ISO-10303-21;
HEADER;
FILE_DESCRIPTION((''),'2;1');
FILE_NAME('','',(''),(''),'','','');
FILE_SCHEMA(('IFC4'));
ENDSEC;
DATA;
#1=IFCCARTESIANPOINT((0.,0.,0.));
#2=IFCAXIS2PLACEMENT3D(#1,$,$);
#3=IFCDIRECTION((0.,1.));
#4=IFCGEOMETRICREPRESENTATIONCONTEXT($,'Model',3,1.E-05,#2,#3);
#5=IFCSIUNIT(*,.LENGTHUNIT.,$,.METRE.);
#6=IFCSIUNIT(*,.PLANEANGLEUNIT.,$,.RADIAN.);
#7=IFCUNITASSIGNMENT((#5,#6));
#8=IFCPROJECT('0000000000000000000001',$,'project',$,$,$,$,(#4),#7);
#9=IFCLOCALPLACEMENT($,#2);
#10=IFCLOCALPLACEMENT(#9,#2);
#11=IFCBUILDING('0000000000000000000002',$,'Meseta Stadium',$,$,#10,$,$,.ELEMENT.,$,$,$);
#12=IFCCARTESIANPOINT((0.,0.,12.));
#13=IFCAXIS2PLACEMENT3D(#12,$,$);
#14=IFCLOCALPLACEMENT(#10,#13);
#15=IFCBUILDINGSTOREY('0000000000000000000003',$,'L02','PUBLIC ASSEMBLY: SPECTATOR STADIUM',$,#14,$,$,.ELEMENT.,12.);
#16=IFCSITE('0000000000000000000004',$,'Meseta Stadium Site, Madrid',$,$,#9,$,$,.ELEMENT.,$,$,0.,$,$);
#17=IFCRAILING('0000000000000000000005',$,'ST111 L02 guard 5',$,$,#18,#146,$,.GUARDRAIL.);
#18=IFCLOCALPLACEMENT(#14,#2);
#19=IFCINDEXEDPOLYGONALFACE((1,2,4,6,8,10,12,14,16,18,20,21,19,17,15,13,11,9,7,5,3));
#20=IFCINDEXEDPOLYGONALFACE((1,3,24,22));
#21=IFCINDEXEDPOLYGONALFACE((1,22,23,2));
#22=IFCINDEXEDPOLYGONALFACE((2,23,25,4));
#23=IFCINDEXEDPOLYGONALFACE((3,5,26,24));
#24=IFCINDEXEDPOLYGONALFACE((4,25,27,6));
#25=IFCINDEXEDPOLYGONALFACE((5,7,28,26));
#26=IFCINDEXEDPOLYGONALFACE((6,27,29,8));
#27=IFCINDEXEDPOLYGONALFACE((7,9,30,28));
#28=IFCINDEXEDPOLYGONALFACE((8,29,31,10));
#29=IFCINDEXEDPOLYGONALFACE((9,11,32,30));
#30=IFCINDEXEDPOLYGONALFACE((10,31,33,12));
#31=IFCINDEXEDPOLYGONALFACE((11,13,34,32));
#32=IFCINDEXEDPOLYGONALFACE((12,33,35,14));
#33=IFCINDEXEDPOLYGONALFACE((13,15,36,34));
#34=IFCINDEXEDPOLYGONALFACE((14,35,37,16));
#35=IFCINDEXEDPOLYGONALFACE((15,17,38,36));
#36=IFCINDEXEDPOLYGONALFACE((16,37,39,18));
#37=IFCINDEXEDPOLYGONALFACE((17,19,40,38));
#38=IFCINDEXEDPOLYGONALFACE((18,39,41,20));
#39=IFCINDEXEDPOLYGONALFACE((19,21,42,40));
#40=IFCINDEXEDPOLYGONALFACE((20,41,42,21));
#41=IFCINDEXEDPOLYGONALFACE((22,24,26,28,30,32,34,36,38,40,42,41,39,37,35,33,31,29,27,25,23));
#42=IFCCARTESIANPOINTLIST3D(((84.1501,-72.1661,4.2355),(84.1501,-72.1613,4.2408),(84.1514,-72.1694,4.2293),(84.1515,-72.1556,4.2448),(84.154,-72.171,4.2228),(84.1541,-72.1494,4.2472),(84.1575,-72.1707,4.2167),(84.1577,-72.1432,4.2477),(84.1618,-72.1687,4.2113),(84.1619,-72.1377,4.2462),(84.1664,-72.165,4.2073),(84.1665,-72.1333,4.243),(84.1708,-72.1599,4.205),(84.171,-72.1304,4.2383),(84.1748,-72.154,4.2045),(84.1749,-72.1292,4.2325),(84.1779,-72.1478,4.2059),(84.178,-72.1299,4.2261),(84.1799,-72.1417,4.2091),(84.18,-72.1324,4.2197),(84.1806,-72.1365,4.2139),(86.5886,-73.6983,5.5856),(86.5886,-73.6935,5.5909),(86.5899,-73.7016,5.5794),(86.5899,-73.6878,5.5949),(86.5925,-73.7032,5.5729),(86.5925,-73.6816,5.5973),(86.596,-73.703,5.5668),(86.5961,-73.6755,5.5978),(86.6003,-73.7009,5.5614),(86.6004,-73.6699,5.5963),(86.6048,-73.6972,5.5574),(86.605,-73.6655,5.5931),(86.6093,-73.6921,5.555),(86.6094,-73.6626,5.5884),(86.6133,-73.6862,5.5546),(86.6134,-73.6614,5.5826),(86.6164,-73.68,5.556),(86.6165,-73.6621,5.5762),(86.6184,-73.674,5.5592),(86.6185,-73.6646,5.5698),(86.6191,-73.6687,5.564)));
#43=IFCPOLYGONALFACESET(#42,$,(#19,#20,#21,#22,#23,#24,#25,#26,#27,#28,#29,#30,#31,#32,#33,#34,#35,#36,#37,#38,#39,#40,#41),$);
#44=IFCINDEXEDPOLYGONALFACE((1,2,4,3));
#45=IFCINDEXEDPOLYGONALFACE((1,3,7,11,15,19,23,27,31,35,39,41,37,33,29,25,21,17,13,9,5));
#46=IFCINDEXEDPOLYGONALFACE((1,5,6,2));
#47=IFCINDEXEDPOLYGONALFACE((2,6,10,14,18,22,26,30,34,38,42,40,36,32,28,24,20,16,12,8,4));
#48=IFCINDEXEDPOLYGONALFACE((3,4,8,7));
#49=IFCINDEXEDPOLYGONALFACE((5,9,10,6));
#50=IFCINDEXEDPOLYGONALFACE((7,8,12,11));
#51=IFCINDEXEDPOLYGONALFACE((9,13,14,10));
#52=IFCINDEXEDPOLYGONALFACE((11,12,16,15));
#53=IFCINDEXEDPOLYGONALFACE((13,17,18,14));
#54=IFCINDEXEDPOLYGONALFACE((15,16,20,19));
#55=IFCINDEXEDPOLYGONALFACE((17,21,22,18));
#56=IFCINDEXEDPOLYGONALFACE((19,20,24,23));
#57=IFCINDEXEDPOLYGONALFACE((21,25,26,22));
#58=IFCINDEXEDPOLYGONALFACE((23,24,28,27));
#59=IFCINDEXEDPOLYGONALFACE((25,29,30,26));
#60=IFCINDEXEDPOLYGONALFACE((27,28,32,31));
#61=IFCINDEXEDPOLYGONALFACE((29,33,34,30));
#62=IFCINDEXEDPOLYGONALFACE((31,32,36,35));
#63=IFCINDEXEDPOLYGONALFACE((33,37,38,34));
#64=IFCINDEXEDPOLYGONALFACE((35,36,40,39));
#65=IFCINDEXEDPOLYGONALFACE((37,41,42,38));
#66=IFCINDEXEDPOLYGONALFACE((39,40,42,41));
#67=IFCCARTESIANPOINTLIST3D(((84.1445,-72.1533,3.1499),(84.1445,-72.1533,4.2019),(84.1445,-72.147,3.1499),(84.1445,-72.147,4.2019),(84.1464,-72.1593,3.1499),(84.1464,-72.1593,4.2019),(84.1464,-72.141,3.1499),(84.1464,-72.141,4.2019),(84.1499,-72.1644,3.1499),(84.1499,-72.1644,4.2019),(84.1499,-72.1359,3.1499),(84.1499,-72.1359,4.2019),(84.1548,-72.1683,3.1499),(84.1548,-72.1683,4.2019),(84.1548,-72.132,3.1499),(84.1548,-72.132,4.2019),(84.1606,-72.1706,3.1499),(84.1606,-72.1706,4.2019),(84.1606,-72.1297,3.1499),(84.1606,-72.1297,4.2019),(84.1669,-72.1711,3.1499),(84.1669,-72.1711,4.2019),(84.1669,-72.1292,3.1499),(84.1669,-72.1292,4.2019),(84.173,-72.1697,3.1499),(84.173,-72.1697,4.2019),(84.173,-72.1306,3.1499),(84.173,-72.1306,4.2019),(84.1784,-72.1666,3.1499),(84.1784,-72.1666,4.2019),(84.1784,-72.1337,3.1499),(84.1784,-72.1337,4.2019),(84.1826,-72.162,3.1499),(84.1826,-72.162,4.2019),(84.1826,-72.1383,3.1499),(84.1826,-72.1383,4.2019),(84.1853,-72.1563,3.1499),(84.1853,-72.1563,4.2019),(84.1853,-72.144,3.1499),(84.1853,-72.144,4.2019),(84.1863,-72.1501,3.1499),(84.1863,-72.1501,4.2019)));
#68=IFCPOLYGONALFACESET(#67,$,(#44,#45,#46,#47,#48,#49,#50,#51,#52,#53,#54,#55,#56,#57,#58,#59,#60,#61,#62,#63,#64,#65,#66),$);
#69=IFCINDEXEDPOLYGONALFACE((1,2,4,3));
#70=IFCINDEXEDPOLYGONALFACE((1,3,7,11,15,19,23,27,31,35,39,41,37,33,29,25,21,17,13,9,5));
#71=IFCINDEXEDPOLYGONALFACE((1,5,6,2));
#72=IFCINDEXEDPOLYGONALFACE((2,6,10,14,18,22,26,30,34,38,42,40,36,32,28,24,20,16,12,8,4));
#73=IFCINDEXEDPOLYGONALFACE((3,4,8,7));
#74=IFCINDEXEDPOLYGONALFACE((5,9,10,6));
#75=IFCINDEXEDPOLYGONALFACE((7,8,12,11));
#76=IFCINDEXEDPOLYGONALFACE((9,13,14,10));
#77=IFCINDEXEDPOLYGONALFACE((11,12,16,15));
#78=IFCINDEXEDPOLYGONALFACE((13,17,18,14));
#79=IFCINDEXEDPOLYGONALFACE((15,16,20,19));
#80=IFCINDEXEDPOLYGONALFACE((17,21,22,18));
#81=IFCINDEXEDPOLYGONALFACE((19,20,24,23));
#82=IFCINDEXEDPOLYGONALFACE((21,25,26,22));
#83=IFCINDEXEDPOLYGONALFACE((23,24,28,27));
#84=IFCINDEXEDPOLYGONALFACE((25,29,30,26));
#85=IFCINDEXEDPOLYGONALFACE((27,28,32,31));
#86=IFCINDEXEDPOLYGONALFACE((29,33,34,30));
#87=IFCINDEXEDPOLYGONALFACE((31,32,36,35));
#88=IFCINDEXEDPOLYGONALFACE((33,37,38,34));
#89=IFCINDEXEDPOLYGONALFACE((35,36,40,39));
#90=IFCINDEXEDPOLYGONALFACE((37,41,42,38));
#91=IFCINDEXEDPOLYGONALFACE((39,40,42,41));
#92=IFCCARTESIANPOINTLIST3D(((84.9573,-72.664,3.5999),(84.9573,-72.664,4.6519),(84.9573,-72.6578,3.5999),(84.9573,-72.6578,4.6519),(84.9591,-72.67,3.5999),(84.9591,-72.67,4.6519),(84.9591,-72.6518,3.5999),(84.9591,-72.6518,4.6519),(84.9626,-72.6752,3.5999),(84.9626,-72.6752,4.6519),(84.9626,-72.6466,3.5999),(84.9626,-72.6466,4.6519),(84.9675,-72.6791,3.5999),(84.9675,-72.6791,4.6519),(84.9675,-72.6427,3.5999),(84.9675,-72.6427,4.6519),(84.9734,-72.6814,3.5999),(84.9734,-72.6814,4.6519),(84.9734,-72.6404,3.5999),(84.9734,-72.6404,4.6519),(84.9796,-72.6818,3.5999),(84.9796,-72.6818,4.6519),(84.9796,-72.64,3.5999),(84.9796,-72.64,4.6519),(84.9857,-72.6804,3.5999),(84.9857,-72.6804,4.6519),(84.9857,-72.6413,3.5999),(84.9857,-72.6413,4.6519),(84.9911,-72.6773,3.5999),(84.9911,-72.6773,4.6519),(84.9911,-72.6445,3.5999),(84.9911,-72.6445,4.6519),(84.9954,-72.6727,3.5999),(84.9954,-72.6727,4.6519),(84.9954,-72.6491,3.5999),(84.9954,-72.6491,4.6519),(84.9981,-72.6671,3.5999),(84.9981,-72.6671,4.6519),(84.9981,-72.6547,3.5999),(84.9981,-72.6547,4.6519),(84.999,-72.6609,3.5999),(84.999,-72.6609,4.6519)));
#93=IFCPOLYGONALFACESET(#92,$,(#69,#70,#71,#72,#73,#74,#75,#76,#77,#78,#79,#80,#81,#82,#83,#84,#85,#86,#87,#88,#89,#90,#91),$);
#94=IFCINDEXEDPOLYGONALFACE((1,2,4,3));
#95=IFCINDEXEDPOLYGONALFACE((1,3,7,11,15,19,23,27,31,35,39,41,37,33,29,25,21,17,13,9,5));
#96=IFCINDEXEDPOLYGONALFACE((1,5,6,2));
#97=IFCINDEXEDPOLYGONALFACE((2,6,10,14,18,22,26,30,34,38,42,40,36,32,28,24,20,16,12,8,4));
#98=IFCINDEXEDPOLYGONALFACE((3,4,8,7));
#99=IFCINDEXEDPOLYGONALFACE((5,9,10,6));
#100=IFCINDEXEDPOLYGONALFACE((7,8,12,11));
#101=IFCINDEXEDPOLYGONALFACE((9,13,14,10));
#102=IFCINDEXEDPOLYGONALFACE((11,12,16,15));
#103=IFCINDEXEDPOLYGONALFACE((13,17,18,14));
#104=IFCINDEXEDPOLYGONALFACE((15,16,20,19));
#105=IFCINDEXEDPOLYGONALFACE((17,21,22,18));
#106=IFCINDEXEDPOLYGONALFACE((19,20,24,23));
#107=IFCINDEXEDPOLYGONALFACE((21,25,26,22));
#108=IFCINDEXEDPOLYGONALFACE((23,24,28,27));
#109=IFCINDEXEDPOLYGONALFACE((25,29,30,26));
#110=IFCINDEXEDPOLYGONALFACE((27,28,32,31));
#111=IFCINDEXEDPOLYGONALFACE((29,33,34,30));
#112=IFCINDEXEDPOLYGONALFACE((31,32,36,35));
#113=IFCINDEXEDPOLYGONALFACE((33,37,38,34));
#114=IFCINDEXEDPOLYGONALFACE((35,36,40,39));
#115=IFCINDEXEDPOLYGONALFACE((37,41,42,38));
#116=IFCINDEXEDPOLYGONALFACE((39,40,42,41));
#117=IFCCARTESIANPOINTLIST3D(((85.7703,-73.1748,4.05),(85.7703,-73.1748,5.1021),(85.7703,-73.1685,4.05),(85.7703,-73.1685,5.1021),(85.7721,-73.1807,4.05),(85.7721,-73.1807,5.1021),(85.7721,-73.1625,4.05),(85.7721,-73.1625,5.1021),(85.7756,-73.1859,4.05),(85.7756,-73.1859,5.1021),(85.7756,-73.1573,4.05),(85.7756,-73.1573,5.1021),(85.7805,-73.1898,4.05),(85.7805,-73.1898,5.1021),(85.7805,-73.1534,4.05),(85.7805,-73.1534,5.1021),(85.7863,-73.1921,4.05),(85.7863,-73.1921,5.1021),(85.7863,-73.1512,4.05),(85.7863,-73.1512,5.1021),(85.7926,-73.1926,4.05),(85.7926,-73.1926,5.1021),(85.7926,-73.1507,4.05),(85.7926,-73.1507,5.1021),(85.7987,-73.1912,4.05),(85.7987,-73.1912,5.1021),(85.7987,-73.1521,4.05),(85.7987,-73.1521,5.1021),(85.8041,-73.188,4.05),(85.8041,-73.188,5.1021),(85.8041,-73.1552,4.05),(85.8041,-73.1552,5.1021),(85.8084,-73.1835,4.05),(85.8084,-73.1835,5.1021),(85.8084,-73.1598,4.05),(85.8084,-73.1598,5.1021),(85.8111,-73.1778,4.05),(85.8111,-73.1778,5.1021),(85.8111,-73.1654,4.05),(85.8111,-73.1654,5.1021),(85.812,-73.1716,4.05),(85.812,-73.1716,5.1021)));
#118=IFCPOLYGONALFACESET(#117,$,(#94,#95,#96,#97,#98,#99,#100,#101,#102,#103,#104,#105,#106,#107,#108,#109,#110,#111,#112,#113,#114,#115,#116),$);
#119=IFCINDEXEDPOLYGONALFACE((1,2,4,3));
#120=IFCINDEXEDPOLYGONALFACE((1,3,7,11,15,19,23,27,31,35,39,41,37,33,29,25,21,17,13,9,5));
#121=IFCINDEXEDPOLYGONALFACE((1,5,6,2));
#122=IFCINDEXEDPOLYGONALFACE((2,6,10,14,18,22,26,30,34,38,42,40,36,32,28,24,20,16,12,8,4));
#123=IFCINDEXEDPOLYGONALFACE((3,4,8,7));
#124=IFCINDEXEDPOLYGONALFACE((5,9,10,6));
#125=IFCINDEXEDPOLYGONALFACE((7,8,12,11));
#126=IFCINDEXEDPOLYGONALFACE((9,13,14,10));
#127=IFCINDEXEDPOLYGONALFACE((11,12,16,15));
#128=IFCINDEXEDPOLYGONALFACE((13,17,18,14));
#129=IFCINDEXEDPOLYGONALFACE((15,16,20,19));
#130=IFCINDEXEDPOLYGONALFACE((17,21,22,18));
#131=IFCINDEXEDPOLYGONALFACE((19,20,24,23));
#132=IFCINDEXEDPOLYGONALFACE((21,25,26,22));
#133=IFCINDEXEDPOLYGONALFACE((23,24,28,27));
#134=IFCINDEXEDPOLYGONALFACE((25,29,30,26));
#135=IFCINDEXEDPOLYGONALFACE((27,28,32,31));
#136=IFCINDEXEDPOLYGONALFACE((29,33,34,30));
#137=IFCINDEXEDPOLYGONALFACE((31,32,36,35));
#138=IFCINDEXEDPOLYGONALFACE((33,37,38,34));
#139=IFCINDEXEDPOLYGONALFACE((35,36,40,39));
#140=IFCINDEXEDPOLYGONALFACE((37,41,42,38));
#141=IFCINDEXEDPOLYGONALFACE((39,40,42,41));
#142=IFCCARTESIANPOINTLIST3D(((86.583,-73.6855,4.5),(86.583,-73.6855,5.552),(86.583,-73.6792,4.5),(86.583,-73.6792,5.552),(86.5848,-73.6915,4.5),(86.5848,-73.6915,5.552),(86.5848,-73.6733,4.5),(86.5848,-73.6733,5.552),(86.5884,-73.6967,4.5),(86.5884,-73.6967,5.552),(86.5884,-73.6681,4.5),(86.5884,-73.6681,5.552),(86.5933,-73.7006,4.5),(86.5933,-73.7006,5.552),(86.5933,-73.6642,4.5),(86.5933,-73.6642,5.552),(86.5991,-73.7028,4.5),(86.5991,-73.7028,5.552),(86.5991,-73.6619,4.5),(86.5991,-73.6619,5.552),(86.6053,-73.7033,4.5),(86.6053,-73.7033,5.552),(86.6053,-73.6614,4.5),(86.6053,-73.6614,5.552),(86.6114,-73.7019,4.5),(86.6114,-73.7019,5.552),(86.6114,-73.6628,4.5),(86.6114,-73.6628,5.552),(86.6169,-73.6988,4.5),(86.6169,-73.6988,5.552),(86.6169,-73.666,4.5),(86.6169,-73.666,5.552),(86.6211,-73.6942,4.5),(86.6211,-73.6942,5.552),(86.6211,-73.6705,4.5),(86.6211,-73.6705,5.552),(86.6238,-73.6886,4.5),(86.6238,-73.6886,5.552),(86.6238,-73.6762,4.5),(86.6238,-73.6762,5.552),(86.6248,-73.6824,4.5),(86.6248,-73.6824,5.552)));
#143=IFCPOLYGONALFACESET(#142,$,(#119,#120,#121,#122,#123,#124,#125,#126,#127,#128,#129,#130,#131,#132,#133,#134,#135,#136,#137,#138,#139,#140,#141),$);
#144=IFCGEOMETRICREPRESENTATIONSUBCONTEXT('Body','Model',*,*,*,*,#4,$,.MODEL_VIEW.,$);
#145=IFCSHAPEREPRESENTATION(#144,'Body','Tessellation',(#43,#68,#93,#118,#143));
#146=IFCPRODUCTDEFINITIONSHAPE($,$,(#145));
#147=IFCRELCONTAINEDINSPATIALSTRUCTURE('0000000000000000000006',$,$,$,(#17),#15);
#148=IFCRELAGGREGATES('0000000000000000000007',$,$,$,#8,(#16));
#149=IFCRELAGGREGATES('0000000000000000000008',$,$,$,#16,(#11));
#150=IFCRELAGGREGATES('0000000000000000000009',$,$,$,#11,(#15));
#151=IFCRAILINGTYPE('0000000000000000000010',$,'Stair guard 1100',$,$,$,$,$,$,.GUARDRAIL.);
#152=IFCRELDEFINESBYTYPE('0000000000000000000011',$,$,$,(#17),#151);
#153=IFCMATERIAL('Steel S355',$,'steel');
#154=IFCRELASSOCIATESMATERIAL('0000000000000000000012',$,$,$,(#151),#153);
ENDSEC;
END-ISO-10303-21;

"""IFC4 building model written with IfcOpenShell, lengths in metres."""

from ifc_helpers import new_model, si_unit, direction, frame, origin, origin_2d, place, context, subcontext, project, spatial, circle, extrude, material, type_object, element, save


model = new_model("IFC4")

# Units and contexts
model_context = context("Model", 3, precision=1e-05, world=origin(), true_north=direction((0.0, 1.0)))
body_context = subcontext(model_context, "Body", "Model", "MODEL_VIEW")
ifc_project = project(units=[si_unit("LENGTHUNIT", "METRE"), si_unit("PLANEANGLEUNIT", "RADIAN")], contexts=[model_context])

# Site, building, storey
site_placement = place(None, origin())
site = spatial("IfcSite", under=ifc_project, at=site_placement, Name="Meseta Stadium Site, Madrid", CompositionType="ELEMENT", RefElevation=0.0)
building_placement = place(site_placement, origin())
building = spatial("IfcBuilding", under=site, at=building_placement, Name="Meseta Stadium", CompositionType="ELEMENT")
storey_placement = place(building_placement, frame((0.0, 0.0, 12.0)))
storey = spatial("IfcBuildingStorey", under=building, at=storey_placement, Name="L02", Description="PUBLIC ASSEMBLY: SPECTATOR STADIUM", CompositionType="ELEMENT", Elevation=12.0)

# Railing
ifc_material_1 = material(Name="Steel S355", Category="steel")
railing_type_1 = type_object("IfcRailingType", Name="Stair guard 1100", PredefinedType="GUARDRAIL", material=ifc_material_1)
railing_1_placement = place(storey_placement, frame((84.1653, -72.1501, 3.1499)))
element("IfcRailing", 1, at=railing_1_placement, inside=storey, type_object=railing_type_1, Name="ST111 L02 guard 5", PredefinedType="GUARDRAIL", context=body_context, shape_type="SweptSolid", body=[
    extrude(circle(Radius=0.0239, at=origin_2d()), frame((0.0, 0.0, 1.0762), z_axis=(0.766655, -0.481731, 0.42447), x_axis=(0.53204, 0.846719, 0.0)), (0.0, 0.0, 1.0), 3.1807),
    extrude(circle(Radius=0.021, at=origin_2d()), origin(), (0.0, 0.0, 1.0), 1.052),
    extrude(circle(Radius=0.021, at=origin_2d()), frame((0.8127, -0.5107, 0.45)), (0.0, 0.0, 1.0), 1.052),
    extrude(circle(Radius=0.021, at=origin_2d()), frame((1.6257, -1.0215, 0.9001)), (0.0, 0.0, 1.0), 1.052),
    extrude(circle(Radius=0.021, at=origin_2d()), frame((2.4385, -1.5322, 1.3501)), (0.0, 0.0, 1.0), 1.052),
])

save(model, "model.ifc")
